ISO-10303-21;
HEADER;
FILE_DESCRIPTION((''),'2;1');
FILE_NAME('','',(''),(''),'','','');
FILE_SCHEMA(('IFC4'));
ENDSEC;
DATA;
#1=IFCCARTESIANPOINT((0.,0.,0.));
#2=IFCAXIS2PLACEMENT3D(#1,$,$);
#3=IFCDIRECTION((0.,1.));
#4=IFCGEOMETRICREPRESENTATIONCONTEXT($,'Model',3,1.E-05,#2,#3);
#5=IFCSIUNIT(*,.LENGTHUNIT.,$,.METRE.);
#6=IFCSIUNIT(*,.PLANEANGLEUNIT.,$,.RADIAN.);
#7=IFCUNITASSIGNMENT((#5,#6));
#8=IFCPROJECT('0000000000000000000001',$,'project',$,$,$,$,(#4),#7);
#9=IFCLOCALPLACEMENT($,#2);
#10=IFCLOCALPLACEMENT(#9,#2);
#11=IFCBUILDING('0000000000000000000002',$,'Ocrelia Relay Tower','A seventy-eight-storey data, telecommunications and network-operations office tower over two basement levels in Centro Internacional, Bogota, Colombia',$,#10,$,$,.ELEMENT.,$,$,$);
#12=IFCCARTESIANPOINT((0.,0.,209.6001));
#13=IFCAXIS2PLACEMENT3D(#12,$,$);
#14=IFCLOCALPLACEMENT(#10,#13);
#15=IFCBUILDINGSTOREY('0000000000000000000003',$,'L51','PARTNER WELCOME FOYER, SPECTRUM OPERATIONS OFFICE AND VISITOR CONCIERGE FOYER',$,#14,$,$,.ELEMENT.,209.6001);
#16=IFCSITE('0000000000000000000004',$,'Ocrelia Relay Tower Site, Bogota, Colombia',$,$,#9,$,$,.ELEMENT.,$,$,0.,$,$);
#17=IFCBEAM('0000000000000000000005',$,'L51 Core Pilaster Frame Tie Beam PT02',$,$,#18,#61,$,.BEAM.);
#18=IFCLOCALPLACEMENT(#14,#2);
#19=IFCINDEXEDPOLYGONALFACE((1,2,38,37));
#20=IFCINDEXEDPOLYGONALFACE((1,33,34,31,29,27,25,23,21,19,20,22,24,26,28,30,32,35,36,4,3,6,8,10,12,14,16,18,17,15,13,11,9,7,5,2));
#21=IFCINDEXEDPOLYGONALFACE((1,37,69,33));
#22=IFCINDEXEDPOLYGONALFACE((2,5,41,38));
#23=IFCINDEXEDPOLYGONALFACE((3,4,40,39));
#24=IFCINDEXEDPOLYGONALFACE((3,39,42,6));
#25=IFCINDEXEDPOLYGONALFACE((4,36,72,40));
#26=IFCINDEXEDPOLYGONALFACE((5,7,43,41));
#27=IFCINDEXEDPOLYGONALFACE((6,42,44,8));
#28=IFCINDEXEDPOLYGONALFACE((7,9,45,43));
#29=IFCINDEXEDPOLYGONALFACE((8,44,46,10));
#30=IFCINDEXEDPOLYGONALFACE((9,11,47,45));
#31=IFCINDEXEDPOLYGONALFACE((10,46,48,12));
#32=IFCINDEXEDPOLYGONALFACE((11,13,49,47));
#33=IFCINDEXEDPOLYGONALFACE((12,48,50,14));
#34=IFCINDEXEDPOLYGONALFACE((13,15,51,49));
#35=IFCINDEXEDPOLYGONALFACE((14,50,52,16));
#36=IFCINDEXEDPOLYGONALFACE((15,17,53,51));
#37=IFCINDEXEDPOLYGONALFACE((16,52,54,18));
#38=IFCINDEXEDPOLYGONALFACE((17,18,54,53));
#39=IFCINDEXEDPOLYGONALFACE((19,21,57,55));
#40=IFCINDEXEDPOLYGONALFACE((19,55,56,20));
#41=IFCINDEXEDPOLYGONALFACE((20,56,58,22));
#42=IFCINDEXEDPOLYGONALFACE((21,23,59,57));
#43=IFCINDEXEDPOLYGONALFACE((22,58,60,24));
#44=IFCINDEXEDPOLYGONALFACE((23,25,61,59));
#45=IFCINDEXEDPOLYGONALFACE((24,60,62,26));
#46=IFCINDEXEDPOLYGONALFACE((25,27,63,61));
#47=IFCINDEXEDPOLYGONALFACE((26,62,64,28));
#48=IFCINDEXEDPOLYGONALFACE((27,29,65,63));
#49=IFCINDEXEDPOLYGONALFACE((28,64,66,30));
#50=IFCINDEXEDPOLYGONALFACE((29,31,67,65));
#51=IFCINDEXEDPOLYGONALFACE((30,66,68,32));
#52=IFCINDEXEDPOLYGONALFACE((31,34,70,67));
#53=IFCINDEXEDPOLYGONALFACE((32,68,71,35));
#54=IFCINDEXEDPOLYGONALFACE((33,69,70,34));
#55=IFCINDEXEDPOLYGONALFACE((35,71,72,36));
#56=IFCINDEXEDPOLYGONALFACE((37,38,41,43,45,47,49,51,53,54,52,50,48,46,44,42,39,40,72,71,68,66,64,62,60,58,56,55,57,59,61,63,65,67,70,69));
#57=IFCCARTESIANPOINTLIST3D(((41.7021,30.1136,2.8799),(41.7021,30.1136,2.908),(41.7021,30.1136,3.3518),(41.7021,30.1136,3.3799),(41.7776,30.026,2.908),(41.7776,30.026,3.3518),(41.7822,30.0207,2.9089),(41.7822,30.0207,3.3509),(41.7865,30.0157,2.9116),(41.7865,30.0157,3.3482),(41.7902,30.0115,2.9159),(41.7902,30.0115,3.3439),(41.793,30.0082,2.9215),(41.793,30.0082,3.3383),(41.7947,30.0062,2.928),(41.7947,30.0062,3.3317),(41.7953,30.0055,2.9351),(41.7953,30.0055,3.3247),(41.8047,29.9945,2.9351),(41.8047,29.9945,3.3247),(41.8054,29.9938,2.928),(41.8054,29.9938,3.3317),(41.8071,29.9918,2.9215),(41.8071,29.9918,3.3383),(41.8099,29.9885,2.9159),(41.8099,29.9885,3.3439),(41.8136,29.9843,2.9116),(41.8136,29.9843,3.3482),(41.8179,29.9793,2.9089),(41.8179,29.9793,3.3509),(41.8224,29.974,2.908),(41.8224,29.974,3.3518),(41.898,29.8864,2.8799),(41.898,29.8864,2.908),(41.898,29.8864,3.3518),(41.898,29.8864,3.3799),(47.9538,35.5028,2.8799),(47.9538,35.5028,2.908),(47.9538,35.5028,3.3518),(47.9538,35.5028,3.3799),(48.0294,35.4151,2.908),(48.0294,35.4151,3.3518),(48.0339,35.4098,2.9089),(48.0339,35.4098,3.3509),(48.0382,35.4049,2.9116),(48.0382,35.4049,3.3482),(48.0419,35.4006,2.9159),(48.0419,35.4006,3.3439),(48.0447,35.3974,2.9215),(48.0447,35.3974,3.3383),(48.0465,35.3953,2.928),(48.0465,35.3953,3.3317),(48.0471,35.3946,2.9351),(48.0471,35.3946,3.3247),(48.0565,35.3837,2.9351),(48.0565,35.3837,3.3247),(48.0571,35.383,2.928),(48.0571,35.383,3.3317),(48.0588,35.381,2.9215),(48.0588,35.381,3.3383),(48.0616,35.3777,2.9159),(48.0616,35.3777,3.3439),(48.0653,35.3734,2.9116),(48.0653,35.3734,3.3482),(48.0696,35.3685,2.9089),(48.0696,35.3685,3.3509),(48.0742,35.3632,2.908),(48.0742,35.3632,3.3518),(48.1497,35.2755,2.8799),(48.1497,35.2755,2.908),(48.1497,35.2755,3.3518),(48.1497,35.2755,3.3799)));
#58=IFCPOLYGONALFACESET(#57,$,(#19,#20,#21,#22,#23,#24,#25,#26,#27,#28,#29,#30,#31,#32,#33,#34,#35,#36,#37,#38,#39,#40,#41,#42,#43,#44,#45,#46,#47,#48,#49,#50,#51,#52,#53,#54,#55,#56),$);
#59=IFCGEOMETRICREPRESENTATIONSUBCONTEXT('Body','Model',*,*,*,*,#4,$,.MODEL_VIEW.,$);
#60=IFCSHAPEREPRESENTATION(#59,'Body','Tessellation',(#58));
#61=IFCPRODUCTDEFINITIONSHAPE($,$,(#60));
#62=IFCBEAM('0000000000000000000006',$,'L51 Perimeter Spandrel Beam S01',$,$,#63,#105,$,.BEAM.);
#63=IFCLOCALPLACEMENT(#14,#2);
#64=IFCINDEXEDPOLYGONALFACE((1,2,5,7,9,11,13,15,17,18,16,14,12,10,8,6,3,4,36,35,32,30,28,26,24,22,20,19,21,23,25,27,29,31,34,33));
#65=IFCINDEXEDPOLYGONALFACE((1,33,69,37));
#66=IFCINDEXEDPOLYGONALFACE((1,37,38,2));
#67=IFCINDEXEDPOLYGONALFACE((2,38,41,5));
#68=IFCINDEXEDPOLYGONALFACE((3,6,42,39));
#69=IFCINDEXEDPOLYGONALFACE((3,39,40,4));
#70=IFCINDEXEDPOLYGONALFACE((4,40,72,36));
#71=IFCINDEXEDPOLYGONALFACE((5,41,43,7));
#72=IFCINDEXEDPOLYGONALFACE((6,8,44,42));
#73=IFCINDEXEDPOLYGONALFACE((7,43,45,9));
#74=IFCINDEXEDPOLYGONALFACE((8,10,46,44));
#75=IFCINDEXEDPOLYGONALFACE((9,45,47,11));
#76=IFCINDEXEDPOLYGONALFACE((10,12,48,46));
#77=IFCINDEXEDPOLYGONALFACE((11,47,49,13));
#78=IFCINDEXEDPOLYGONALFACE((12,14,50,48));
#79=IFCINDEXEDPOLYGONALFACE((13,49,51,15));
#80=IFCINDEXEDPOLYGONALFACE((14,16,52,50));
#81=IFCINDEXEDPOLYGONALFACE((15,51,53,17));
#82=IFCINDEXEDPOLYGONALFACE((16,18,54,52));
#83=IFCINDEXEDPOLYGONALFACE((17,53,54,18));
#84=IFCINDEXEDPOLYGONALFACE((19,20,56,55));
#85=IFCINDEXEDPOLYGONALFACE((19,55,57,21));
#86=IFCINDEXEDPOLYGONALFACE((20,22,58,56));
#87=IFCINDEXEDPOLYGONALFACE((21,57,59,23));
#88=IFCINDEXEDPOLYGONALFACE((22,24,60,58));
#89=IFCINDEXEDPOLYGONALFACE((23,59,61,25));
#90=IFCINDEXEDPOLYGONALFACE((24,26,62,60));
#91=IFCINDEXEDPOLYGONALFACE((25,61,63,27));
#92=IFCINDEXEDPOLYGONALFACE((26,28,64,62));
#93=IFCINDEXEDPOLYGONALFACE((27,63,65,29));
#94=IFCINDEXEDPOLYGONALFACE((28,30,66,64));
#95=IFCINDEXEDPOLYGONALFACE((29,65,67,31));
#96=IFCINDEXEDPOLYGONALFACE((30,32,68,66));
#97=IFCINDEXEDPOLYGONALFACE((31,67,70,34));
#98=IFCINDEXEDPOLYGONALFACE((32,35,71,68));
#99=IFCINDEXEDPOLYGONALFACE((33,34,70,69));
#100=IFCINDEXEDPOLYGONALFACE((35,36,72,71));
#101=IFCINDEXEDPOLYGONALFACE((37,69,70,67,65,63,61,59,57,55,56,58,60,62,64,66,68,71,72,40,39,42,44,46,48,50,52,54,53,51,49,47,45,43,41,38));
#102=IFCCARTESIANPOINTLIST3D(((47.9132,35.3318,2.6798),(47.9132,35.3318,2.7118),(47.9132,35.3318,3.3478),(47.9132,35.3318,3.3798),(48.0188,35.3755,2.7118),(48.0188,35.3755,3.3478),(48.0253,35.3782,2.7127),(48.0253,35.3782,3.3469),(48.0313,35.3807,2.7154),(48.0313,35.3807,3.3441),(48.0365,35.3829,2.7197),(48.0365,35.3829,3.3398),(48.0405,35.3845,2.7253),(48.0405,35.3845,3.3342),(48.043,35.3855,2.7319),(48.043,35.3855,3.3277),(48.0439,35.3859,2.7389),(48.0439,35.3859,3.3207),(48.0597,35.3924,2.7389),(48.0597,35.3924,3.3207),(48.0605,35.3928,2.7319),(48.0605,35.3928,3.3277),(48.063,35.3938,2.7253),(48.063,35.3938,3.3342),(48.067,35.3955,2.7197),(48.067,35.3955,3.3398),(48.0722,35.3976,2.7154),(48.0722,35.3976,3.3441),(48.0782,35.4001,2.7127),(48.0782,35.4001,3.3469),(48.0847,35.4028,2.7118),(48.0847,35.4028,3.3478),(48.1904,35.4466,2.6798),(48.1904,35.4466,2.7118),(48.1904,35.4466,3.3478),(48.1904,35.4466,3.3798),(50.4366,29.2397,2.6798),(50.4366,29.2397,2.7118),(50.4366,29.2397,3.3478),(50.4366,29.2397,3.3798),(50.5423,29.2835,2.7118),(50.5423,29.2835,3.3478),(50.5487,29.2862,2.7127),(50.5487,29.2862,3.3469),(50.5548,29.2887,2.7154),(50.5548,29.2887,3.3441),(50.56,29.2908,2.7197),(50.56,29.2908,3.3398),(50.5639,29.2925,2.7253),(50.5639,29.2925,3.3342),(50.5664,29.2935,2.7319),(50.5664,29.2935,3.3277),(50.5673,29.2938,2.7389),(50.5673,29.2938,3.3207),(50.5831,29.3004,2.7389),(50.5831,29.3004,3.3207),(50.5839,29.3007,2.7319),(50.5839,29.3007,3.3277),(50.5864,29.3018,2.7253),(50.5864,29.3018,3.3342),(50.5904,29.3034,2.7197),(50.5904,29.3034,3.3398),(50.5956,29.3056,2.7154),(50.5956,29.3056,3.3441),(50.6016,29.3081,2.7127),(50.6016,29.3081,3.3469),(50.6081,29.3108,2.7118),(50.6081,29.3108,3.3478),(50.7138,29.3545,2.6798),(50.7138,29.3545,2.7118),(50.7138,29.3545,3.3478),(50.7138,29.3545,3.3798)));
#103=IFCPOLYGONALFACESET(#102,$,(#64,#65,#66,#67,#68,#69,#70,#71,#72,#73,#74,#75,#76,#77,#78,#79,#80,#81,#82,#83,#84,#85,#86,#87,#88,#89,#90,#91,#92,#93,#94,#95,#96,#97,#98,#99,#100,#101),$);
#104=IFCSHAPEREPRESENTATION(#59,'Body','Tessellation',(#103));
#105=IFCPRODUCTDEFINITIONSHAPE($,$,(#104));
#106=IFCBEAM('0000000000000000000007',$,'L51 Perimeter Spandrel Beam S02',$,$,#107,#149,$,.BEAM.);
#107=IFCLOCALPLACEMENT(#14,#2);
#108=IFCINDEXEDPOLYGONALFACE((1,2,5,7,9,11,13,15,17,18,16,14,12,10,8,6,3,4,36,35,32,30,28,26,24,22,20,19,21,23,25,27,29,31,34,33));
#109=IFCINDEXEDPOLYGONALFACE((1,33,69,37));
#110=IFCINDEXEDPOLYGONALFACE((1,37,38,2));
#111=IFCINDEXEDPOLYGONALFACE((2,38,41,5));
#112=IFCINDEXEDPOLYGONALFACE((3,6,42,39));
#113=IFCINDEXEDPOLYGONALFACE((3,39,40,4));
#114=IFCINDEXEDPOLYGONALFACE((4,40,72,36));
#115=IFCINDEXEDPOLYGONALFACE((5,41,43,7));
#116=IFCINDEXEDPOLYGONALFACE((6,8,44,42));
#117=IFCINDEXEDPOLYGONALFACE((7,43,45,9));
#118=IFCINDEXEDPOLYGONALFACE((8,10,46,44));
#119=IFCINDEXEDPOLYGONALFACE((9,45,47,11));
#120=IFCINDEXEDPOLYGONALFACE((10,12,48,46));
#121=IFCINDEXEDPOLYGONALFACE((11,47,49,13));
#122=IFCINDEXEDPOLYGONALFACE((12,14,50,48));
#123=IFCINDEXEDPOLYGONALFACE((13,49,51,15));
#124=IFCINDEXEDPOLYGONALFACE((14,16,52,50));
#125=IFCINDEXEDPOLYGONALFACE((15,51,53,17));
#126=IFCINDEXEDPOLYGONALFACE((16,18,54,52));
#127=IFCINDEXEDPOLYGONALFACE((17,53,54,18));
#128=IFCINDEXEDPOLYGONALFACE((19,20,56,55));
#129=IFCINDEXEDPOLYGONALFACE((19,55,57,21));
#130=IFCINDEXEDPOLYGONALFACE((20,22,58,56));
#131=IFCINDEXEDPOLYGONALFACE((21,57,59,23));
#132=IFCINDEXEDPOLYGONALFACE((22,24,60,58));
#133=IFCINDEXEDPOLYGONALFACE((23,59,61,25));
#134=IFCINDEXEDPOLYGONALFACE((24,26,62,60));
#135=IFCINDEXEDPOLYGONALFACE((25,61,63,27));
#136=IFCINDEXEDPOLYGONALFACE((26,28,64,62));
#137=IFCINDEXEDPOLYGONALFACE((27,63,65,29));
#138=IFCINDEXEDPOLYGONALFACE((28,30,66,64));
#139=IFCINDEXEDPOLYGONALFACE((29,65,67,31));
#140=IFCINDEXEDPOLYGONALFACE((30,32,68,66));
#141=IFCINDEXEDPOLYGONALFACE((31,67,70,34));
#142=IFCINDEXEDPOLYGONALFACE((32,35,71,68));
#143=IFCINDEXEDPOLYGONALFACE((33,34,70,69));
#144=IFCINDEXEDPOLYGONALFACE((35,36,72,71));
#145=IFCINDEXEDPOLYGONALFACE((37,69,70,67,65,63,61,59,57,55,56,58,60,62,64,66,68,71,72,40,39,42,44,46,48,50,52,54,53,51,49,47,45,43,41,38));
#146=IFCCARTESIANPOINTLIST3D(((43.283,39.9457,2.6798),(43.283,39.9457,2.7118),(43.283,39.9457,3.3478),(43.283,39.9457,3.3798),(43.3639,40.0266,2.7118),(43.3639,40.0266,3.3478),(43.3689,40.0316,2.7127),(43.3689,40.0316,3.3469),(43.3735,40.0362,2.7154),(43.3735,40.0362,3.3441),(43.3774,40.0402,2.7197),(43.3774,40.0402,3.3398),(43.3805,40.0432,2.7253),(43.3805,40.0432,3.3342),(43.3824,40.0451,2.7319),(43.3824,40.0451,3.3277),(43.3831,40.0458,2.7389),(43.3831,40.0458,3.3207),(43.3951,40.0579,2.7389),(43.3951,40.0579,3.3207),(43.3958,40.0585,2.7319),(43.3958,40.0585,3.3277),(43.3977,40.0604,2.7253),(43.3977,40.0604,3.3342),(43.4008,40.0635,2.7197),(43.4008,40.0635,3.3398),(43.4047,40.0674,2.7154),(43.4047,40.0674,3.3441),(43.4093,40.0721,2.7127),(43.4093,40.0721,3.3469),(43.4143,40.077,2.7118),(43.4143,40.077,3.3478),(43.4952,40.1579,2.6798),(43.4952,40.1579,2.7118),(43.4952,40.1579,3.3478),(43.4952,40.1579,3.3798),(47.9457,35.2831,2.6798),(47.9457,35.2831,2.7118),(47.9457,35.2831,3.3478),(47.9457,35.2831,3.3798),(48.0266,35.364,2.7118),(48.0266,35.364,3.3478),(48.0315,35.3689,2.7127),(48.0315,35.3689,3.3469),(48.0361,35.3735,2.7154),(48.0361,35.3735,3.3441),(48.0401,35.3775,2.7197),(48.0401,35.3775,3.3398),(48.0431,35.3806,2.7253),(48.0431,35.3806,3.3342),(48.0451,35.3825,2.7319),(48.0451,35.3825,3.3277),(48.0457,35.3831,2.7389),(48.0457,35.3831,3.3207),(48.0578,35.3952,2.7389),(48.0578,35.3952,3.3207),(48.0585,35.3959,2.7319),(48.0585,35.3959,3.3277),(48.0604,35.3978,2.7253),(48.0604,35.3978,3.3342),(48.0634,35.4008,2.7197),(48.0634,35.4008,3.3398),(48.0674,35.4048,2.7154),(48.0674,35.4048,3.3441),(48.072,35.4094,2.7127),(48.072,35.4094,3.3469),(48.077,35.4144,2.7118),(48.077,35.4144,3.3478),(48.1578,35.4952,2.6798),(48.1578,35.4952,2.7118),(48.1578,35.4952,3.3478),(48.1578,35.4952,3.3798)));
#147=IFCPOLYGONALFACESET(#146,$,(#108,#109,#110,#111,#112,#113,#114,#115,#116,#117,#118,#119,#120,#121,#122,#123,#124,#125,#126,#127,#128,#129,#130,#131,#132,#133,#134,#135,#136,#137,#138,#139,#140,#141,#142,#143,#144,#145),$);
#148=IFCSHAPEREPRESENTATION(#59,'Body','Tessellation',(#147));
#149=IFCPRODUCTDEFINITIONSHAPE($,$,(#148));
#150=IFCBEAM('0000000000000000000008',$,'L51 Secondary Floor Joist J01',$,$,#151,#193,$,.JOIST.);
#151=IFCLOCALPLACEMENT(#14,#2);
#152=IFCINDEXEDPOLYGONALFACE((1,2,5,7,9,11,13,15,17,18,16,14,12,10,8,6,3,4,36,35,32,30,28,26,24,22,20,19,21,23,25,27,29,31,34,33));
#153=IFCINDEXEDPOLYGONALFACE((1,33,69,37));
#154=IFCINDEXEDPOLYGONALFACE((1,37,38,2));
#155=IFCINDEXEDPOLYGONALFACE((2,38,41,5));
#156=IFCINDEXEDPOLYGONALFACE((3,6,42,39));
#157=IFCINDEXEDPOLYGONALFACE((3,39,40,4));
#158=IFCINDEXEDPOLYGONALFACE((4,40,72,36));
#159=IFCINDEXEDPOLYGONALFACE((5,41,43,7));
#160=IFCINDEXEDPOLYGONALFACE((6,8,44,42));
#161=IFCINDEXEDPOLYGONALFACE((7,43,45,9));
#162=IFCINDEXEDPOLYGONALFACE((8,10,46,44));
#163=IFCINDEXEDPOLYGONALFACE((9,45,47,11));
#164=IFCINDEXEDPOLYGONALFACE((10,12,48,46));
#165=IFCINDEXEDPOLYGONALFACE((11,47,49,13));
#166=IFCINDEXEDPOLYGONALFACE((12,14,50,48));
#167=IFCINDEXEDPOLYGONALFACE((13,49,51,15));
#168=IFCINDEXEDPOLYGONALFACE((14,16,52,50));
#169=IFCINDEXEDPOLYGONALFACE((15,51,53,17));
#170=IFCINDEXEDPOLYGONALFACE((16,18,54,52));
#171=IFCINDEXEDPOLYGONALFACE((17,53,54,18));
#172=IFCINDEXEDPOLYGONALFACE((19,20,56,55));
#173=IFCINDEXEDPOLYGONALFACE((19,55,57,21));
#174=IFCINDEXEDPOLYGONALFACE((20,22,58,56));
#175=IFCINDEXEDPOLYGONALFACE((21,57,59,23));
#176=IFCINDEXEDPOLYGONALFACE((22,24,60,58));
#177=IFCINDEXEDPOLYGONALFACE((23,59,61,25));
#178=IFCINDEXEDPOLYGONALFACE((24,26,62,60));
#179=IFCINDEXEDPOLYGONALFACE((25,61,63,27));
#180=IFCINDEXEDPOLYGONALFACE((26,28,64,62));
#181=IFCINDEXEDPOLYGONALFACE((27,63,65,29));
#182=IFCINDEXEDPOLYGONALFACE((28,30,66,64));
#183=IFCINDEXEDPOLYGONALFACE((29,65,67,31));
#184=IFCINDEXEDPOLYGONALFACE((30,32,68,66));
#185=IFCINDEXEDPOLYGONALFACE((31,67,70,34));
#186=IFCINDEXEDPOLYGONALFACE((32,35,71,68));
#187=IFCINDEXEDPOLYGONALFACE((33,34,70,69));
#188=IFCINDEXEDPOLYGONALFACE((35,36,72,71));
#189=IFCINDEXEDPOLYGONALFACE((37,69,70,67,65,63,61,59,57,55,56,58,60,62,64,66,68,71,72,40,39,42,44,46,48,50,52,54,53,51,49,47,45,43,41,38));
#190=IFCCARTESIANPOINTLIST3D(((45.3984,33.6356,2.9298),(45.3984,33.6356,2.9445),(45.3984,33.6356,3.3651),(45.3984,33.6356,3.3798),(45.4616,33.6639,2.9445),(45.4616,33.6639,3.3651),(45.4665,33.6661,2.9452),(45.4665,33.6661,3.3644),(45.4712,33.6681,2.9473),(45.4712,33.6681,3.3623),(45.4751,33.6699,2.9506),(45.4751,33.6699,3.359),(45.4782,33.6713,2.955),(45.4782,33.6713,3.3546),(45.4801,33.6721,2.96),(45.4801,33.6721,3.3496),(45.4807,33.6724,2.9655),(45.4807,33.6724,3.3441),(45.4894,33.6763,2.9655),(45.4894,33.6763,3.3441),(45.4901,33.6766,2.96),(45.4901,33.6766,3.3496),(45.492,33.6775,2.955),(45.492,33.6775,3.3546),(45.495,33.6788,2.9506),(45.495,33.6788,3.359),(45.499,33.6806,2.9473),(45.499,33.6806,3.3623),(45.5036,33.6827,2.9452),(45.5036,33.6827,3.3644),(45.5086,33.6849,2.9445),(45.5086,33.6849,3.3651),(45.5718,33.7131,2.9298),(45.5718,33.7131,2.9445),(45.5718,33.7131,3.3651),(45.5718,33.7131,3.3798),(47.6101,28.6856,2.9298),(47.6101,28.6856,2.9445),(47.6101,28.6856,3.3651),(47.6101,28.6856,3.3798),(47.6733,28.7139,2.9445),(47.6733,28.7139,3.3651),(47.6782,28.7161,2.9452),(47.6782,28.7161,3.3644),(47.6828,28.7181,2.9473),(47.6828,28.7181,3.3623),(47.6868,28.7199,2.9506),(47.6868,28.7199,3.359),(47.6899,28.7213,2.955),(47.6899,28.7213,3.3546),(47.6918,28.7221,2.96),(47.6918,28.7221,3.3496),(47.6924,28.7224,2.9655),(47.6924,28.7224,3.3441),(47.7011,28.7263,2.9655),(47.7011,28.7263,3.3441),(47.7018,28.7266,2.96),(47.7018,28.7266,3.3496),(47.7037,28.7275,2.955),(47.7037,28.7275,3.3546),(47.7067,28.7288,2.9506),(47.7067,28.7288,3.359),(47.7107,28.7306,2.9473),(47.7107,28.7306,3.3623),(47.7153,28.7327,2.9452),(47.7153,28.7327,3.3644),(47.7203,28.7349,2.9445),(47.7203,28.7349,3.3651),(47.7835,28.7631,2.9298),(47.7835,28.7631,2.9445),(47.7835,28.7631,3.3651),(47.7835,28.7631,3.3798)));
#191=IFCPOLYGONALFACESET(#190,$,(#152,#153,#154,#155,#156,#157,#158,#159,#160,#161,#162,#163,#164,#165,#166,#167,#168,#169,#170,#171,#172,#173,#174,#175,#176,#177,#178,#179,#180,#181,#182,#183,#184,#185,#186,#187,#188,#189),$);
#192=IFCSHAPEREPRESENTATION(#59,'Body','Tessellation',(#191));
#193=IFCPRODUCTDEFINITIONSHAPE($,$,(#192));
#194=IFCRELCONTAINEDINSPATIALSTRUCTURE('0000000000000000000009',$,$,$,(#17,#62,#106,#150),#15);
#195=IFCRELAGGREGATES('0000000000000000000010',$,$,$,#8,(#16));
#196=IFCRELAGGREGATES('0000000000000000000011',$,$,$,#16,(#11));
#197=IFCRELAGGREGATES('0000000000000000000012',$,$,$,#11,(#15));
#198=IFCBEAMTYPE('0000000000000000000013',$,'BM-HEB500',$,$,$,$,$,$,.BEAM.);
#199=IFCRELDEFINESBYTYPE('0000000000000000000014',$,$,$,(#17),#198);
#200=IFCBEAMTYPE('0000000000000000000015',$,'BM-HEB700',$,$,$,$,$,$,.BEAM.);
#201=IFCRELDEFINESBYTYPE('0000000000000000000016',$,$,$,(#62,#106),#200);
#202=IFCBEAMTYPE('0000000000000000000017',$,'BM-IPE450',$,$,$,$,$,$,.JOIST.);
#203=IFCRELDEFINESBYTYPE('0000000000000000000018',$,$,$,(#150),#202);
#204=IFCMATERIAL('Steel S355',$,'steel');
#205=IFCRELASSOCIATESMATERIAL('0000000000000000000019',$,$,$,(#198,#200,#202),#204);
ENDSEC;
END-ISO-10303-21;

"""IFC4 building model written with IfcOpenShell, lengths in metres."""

from ifc_helpers import new_model, si_unit, direction, frame, origin, origin_2d, place, context, subcontext, project, spatial, i_section, extrude, material, material_profile, profile_set, type_object, element, save


model = new_model("IFC4")

# Units and contexts
model_context = context("Model", 3, precision=1e-05, world=origin(), true_north=direction((0.0, 1.0)))
body_context = subcontext(model_context, "Body", "Model", "MODEL_VIEW")
ifc_project = project(units=[si_unit("LENGTHUNIT", "METRE"), si_unit("PLANEANGLEUNIT", "RADIAN")], contexts=[model_context])

# Site, building, storey
site_placement = place(None, origin())
site = spatial("IfcSite", under=ifc_project, at=site_placement, Name="Ocrelia Relay Tower Site, Bogota, Colombia", CompositionType="ELEMENT", RefElevation=0.0)
building_placement = place(site_placement, origin())
building = spatial("IfcBuilding", under=site, at=building_placement, Name="Ocrelia Relay Tower", Description="A seventy-eight-storey data, telecommunications and network-operations office tower over two basement levels in Centro Internacional, Bogota, Colombia", CompositionType="ELEMENT")
storey_placement = place(building_placement, frame((0.0, 0.0, 209.6001)))
storey = spatial("IfcBuildingStorey", under=building, at=storey_placement, Name="L51", Description="PARTNER WELCOME FOYER, SPECTRUM OPERATIONS OFFICE AND VISITOR CONCIERGE FOYER", CompositionType="ELEMENT", Elevation=209.6001)

# Beams
ifc_material_1 = material(Name="Steel S355", Category="steel")
ifc_material_profile_1 = material_profile(ifc_material_1, i_section(OverallWidth=0.3, OverallDepth=0.5, WebThickness=0.0144, FlangeThickness=0.0281, FilletRadius=0.0271, at=origin_2d()), Name="HEB 500")
ifc_profile_set_1 = profile_set([ifc_material_profile_1], Name="Steel S355")
beam_type_1 = type_object("IfcBeamType", Name="BM-HEB500", PredefinedType="BEAM", material=ifc_profile_set_1)
beam_1_placement = place(storey_placement, frame((48.0518, 35.3892, 3.1299), z_axis=(-0.757425, -0.652923, 0.0), x_axis=(0.652923, -0.757425, 0.0)))
element("IfcBeam", 1, at=beam_1_placement, inside=storey, type_object=beam_type_1, Name="L51 Core Pilaster Frame Tie Beam PT02", PredefinedType="BEAM", context=body_context, shape_type="SweptSolid", body=[
    extrude(i_section(OverallWidth=0.3, OverallDepth=0.5, WebThickness=0.0144, FlangeThickness=0.0281, FilletRadius=0.0271, at=origin_2d()), origin(), (0.0, 0.0, 1.0), 8.2539),
])
ifc_material_profile_2 = material_profile(ifc_material_1, i_section(OverallWidth=0.3, OverallDepth=0.7, WebThickness=0.0171, FlangeThickness=0.032, FilletRadius=0.0271, at=origin_2d()), Name="HEB 700")
ifc_profile_set_2 = profile_set([ifc_material_profile_2], Name="Steel S355")
beam_type_2 = type_object("IfcBeamType", Name="BM-HEB700", PredefinedType="BEAM", material=ifc_profile_set_2)
for number, where, z_axis, x_axis, name in (
    (2, (50.5752, 29.2971, 3.0298), (-0.382688, 0.923878, 0.0), (-0.923878, -0.382688, 0.0), "L51 Perimeter Spandrel Beam S01"),
    (3, (48.0518, 35.3892, 3.0298), (-0.707107, 0.707107, 0.0), (-0.707107, -0.707107, 0.0), "L51 Perimeter Spandrel Beam S02"),
):
    element("IfcBeam", number, at=place(storey_placement, frame(where, z_axis=z_axis, x_axis=x_axis)), inside=storey, type_object=beam_type_2, Name=name, PredefinedType="BEAM", context=body_context, shape_type="SweptSolid", body=[
        extrude(i_section(OverallWidth=0.3, OverallDepth=0.7, WebThickness=0.0171, FlangeThickness=0.032, FilletRadius=0.0271, at=origin_2d()), origin(), (0.0, 0.0, 1.0), 6.594),
    ])
ifc_material_profile_3 = material_profile(ifc_material_1, i_section(OverallWidth=0.1899, OverallDepth=0.45, WebThickness=0.0095, FlangeThickness=0.0146, FilletRadius=0.021, at=origin_2d()), Name="IPE 450")
ifc_profile_set_3 = profile_set([ifc_material_profile_3], Name="Steel S355")
beam_type_3 = type_object("IfcBeamType", Name="BM-IPE450", PredefinedType="JOIST", material=ifc_profile_set_3)
beam_2_placement = place(storey_placement, frame((47.6968, 28.7244, 3.1548), z_axis=(-0.407938, 0.913009, 0.0), x_axis=(-0.913009, -0.407938, 0.0)))
element("IfcBeam", 4, at=beam_2_placement, inside=storey, type_object=beam_type_3, Name="L51 Secondary Floor Joist J01", PredefinedType="JOIST", context=body_context, shape_type="SweptSolid", body=[
    extrude(i_section(OverallWidth=0.1899, OverallDepth=0.45, WebThickness=0.0095, FlangeThickness=0.0146, FilletRadius=0.021, at=origin_2d()), origin(), (0.0, 0.0, 1.0), 5.4216),
])

save(model, "model.ifc")
